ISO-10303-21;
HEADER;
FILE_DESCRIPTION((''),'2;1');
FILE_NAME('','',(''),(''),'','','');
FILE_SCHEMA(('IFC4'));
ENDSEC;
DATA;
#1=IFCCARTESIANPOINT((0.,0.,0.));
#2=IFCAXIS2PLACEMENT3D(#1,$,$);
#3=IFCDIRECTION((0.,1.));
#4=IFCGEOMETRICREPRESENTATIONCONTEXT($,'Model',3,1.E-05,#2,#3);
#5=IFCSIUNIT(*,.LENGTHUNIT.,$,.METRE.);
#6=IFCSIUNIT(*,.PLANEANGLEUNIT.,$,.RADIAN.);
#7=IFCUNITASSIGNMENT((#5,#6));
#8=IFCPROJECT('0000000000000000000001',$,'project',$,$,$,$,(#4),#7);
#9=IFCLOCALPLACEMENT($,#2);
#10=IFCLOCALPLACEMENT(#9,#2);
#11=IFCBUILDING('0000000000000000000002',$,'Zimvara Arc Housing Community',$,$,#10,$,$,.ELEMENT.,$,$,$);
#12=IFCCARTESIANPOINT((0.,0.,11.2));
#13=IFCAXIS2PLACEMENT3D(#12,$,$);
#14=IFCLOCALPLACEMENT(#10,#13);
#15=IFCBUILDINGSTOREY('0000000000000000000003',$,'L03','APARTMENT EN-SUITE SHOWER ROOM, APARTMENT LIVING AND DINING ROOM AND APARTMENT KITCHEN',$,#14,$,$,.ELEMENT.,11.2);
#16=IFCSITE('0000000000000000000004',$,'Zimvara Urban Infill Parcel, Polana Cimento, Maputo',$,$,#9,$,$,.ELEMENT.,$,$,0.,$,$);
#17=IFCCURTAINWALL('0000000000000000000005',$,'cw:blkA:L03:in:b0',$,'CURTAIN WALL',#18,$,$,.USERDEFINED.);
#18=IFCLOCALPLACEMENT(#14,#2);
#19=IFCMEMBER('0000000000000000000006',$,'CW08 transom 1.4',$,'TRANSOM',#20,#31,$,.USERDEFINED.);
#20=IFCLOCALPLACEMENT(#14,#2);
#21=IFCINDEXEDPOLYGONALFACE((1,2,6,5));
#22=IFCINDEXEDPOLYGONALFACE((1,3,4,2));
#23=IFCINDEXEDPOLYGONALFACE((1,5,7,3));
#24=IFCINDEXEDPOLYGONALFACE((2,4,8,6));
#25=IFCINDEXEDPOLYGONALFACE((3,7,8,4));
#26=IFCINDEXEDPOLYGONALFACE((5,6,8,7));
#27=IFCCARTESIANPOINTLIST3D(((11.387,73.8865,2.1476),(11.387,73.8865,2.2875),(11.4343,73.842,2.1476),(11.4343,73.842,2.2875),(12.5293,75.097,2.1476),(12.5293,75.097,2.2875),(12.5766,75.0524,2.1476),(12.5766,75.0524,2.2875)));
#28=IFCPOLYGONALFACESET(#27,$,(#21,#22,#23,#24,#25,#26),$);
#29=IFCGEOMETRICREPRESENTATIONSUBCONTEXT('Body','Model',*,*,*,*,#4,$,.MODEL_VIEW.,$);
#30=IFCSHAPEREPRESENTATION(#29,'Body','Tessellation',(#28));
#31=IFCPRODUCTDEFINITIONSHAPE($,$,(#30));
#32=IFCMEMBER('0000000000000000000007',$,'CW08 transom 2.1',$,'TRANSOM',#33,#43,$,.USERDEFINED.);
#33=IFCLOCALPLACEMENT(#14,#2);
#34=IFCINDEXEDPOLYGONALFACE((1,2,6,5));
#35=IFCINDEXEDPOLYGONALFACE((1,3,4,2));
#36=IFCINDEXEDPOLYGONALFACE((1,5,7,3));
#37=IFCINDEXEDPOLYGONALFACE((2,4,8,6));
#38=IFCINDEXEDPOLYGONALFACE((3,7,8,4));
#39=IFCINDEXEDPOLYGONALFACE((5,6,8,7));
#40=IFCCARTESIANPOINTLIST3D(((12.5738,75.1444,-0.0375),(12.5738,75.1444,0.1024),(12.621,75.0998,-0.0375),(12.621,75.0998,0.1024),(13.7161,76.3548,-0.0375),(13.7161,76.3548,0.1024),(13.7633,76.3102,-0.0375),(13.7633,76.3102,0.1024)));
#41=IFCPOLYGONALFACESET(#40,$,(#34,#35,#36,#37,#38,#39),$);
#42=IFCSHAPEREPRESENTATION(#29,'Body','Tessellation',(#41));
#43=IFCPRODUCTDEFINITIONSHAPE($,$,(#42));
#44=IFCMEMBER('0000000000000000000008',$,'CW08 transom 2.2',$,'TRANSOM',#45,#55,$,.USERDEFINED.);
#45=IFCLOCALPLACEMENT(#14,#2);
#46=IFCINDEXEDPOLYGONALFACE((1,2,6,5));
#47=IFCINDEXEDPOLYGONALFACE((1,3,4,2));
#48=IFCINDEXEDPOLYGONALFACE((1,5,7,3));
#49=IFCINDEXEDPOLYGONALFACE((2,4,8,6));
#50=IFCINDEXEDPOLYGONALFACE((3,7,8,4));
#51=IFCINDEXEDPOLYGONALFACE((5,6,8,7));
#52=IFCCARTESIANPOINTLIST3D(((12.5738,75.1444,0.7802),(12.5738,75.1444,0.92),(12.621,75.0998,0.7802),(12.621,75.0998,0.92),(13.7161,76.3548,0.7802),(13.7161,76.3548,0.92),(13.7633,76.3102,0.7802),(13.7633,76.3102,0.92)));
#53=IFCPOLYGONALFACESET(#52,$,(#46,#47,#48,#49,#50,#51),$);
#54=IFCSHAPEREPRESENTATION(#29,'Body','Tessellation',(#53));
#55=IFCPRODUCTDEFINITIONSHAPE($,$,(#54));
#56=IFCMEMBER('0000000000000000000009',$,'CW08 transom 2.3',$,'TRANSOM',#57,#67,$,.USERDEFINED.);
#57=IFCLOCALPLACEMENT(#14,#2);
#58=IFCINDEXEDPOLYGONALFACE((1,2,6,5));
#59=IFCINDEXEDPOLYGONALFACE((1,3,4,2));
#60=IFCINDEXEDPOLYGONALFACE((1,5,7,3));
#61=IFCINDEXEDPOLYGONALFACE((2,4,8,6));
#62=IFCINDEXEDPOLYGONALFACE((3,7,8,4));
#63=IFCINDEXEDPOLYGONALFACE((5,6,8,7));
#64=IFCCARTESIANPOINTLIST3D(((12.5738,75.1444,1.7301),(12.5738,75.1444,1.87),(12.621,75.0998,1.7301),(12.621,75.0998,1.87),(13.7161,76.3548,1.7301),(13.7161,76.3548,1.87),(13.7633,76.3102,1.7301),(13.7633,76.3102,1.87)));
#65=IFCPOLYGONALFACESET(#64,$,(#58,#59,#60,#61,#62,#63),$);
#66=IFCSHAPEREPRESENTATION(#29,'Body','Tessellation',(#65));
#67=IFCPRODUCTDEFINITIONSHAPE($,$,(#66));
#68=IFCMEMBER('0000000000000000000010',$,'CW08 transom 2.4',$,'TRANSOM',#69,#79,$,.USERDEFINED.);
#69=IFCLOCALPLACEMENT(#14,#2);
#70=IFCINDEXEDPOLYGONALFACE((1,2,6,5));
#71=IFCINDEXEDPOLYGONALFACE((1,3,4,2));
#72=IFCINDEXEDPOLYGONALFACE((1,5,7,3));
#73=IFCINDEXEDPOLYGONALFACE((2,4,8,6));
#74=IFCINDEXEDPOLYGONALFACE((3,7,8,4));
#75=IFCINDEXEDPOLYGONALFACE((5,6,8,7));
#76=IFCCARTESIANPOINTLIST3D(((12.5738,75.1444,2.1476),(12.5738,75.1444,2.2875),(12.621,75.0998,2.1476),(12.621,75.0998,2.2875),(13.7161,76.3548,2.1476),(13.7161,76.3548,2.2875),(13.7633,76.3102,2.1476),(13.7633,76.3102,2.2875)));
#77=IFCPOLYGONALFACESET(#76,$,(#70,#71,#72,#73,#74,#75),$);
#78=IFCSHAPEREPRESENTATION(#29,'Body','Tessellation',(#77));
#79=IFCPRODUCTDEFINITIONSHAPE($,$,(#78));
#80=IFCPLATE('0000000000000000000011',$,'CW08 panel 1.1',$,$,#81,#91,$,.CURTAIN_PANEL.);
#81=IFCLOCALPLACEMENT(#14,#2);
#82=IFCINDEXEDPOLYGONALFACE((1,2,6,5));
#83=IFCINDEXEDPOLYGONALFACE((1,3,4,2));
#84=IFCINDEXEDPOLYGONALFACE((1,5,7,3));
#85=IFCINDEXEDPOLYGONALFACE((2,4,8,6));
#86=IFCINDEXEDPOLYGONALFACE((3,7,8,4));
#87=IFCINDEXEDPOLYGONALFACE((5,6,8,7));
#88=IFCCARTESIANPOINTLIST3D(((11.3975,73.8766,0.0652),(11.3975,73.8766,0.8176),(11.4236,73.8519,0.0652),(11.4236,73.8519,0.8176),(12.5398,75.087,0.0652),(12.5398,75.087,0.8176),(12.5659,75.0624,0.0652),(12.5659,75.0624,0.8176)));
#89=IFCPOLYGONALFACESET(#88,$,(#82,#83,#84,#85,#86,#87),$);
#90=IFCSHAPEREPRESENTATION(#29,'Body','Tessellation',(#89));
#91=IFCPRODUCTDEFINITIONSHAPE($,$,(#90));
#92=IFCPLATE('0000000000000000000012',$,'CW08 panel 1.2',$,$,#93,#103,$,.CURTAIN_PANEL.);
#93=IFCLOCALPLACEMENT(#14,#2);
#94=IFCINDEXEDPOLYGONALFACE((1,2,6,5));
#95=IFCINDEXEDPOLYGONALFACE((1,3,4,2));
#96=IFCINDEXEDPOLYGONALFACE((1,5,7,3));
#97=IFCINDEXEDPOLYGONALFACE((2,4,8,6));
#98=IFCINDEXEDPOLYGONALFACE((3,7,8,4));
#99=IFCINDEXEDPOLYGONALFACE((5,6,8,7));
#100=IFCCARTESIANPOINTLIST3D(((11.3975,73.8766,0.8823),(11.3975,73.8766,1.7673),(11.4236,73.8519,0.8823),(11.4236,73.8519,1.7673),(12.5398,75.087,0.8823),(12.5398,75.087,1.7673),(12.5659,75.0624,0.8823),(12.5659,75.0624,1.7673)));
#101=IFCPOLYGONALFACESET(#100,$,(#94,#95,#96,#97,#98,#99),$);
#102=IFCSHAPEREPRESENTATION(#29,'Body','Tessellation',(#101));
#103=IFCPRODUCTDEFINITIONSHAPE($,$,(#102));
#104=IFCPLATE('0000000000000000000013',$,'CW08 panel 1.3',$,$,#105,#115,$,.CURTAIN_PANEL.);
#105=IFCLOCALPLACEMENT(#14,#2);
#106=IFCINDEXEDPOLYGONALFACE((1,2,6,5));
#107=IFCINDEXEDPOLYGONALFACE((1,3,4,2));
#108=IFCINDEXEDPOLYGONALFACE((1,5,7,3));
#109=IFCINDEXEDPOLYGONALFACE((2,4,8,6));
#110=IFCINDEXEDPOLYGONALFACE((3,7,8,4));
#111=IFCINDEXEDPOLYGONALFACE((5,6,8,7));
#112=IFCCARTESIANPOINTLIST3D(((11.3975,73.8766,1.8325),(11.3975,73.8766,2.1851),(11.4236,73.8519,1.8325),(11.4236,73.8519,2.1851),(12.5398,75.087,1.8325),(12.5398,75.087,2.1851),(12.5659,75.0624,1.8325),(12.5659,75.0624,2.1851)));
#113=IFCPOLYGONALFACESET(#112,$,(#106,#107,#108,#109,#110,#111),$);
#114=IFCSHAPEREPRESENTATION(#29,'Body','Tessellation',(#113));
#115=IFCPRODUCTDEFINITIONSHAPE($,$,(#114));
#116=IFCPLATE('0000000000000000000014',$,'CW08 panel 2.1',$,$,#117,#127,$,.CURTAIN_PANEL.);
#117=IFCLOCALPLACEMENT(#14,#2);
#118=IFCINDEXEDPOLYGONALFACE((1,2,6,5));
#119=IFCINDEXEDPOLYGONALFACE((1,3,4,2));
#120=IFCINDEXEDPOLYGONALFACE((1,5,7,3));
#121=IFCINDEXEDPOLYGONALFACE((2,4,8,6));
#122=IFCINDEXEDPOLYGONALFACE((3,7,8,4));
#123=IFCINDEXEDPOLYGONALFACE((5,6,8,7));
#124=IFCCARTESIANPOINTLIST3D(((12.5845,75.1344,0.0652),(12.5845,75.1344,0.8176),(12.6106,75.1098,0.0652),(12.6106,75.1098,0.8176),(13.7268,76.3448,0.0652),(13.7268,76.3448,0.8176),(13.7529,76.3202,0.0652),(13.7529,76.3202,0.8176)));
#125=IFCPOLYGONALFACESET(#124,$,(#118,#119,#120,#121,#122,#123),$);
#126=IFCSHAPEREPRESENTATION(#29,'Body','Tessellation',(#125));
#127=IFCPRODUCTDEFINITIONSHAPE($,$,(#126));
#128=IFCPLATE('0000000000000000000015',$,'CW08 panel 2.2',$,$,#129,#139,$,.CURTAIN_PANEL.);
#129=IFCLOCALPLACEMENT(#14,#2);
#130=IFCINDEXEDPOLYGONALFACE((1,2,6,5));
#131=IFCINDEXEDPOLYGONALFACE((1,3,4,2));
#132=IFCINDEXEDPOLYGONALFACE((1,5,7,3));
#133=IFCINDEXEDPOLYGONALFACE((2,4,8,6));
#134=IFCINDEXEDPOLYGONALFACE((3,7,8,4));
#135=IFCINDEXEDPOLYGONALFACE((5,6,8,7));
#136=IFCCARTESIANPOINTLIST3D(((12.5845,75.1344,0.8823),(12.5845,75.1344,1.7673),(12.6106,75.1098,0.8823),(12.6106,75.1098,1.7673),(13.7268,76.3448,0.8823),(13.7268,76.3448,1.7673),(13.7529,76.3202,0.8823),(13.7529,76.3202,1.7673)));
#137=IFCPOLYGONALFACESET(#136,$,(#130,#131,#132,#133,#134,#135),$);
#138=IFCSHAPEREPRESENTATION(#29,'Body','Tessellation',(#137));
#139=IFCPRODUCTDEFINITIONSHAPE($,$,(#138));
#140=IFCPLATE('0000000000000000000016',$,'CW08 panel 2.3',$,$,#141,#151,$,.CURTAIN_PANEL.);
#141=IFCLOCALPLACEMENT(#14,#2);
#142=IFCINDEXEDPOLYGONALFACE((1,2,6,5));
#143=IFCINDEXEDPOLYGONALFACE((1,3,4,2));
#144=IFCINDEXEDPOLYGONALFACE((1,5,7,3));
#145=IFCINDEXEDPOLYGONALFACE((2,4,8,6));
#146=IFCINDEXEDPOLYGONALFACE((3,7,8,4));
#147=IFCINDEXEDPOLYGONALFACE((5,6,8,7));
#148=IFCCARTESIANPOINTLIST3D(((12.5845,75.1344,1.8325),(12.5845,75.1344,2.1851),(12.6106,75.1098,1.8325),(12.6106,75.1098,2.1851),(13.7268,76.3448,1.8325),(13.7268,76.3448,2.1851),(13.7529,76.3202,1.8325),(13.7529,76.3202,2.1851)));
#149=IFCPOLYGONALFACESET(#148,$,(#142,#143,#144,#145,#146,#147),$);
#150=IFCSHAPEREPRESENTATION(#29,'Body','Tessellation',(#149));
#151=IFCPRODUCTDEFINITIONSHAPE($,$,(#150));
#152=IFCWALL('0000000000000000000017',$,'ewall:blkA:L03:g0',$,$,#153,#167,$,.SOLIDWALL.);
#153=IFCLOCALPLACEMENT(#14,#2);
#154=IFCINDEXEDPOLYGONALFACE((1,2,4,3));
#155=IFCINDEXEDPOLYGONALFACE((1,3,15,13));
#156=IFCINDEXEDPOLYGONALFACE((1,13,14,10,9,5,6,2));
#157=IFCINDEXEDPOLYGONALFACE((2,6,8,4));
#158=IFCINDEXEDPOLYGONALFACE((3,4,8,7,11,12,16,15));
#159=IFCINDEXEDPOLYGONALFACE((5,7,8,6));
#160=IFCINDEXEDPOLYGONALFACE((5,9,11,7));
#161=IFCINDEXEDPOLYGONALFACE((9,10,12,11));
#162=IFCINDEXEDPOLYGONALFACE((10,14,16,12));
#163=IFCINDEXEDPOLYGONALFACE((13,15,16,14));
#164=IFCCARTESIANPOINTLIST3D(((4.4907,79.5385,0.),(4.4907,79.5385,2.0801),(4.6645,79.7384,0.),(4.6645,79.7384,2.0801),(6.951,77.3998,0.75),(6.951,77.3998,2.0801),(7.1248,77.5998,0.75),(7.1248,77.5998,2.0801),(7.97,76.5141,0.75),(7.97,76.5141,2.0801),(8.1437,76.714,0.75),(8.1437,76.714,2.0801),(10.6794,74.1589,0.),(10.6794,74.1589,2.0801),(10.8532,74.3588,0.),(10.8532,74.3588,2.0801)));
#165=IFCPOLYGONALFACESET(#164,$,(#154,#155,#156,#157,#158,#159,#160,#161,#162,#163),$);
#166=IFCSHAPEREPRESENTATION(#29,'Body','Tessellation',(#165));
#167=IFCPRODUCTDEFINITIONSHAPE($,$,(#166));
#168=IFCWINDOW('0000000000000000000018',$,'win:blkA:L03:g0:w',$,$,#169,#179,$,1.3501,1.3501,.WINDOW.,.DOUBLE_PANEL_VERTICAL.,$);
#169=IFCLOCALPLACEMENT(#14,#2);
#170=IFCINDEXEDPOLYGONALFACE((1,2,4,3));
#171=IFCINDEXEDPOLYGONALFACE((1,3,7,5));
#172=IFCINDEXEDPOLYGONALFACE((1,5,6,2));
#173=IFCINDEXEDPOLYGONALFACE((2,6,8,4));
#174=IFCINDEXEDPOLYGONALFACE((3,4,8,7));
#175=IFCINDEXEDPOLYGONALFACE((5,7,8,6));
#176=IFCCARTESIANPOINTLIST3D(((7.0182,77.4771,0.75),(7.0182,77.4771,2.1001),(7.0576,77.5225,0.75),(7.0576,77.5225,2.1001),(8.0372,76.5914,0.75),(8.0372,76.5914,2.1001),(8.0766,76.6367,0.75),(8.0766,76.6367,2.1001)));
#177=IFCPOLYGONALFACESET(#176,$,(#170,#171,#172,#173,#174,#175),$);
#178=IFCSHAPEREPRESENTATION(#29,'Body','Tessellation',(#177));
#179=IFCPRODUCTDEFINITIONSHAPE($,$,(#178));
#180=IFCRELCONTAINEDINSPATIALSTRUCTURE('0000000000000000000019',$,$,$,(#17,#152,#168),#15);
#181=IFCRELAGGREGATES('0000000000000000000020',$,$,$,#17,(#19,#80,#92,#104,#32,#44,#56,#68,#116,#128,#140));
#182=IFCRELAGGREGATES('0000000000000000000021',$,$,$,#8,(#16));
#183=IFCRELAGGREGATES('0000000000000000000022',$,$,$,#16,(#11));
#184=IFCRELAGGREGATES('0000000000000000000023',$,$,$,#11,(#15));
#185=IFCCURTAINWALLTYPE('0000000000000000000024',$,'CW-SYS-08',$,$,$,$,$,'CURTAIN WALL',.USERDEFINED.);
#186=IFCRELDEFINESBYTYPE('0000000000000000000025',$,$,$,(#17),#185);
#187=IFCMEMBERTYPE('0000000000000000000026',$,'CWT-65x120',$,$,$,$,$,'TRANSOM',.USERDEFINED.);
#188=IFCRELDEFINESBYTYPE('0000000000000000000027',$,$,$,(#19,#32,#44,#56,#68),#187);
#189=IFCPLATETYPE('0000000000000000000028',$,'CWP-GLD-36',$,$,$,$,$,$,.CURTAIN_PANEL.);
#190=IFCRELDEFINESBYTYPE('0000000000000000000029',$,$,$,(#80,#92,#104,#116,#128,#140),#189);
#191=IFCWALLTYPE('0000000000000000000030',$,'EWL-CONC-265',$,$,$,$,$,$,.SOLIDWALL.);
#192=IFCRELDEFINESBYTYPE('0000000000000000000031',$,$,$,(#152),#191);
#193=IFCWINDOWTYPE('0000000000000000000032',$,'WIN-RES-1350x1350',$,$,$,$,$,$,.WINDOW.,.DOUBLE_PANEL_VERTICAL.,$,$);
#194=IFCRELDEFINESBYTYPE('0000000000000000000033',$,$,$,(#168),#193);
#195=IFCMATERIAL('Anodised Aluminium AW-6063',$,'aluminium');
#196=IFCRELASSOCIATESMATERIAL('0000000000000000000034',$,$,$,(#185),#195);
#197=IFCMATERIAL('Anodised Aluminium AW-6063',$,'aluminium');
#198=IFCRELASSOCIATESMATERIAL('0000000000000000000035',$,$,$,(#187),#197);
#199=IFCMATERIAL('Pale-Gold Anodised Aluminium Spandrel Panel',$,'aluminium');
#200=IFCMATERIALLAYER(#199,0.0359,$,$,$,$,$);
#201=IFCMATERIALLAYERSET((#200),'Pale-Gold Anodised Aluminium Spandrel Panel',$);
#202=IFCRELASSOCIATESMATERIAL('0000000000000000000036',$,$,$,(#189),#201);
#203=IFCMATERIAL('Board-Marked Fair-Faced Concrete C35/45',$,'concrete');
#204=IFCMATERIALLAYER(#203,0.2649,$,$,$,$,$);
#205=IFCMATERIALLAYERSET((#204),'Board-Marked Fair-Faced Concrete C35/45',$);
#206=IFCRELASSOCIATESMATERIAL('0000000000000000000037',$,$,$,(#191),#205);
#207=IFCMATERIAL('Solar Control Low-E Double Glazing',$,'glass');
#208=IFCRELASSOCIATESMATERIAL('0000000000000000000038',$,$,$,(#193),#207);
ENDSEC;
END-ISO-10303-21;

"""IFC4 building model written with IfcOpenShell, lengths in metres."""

from ifc_helpers import new_model, si_unit, direction, frame, frame_2d, origin, origin_2d, place, context, subcontext, project, spatial, rectangle, extrude, material, layer, layer_set, material_profile, profile_set, type_object, element, fill, aggregate, save


model = new_model("IFC4")

# Units and contexts
model_context = context("Model", 3, precision=1e-05, world=origin(), true_north=direction((0.0, 1.0)))
body_context = subcontext(model_context, "Body", "Model", "MODEL_VIEW")
ifc_project = project(units=[si_unit("LENGTHUNIT", "METRE"), si_unit("PLANEANGLEUNIT", "RADIAN")], contexts=[model_context])

# Site, building, storey
site_placement = place(None, origin())
site = spatial("IfcSite", under=ifc_project, at=site_placement, Name="Zimvara Urban Infill Parcel, Polana Cimento, Maputo", CompositionType="ELEMENT", RefElevation=0.0)
building_placement = place(site_placement, origin())
building = spatial("IfcBuilding", under=site, at=building_placement, Name="Zimvara Arc Housing Community", CompositionType="ELEMENT")
storey_placement = place(building_placement, frame((0.0, 0.0, 11.2)))
storey = spatial("IfcBuildingStorey", under=building, at=storey_placement, Name="L03", Description="APARTMENT EN-SUITE SHOWER ROOM, APARTMENT LIVING AND DINING ROOM AND APARTMENT KITCHEN", CompositionType="ELEMENT", Elevation=11.2)

# Curtain wall, members, plates
ifc_material_1 = material(Name="Anodised Aluminium AW-6063", Category="aluminium")
curtain_wall_type = type_object("IfcCurtainWallType", Name="CW-SYS-08", ElementType="CURTAIN WALL", PredefinedType="USERDEFINED", material=ifc_material_1)
curtain_wall_placement = place(storey_placement, origin())
curtain_wall = element("IfcCurtainWall", 1, at=curtain_wall_placement, inside=storey, type_object=curtain_wall_type, Name="cw:blkA:L03:in:b0", ObjectType="CURTAIN WALL", PredefinedType="USERDEFINED")
ifc_material_2 = material(Name="Anodised Aluminium AW-6063", Category="aluminium")
ifc_material_profile_1 = material_profile(ifc_material_2, rectangle(XDim=0.0649, YDim=0.1399, at=origin_2d()), Name="ALU 65x140")
ifc_profile_set_1 = profile_set([ifc_material_profile_1], Name="Anodised Aluminium AW-6063")
member_type_1 = type_object("IfcMemberType", Name="CWT-65x120", ElementType="TRANSOM", PredefinedType="USERDEFINED", material=ifc_profile_set_1)
member_1_placement = place(storey_placement, frame((11.4106, 73.8643, 2.2175), z_axis=(0.686348, 0.727273, 0.0), x_axis=(-0.727273, 0.686348, 0.0)))
member_1 = element("IfcMember", 2, at=member_1_placement, type_object=member_type_1, Name="CW08 transom 1.4", ObjectType="TRANSOM", PredefinedType="USERDEFINED", context=body_context, shape_type="SweptSolid", body=[
    extrude(rectangle(XDim=0.0649, YDim=0.1399, at=origin_2d()), origin(), (0.0, 0.0, 1.0), 1.6643),
])
member_2_placement = place(storey_placement, frame((12.5974, 75.1221, 0.0325), z_axis=(0.686348, 0.727273, 0.0), x_axis=(-0.727273, 0.686348, 0.0)))
member_2 = element("IfcMember", 3, at=member_2_placement, type_object=member_type_1, Name="CW08 transom 2.1", ObjectType="TRANSOM", PredefinedType="USERDEFINED", context=body_context, shape_type="SweptSolid", body=[
    extrude(rectangle(XDim=0.0649, YDim=0.1399, at=origin_2d()), origin(), (0.0, 0.0, 1.0), 1.6643),
])
member_3_placement = place(storey_placement, frame((12.5974, 75.1221, 0.8501), z_axis=(0.686348, 0.727273, 0.0), x_axis=(-0.727273, 0.686348, 0.0)))
member_3 = element("IfcMember", 4, at=member_3_placement, type_object=member_type_1, Name="CW08 transom 2.2", ObjectType="TRANSOM", PredefinedType="USERDEFINED", context=body_context, shape_type="SweptSolid", body=[
    extrude(rectangle(XDim=0.0649, YDim=0.1399, at=origin_2d()), origin(), (0.0, 0.0, 1.0), 1.6643),
])
member_4_placement = place(storey_placement, frame((12.5974, 75.1221, 1.8), z_axis=(0.686348, 0.727273, 0.0), x_axis=(-0.727273, 0.686348, 0.0)))
member_4 = element("IfcMember", 5, at=member_4_placement, type_object=member_type_1, Name="CW08 transom 2.3", ObjectType="TRANSOM", PredefinedType="USERDEFINED", context=body_context, shape_type="SweptSolid", body=[
    extrude(rectangle(XDim=0.0649, YDim=0.1399, at=origin_2d()), origin(), (0.0, 0.0, 1.0), 1.6643),
])
member_5_placement = place(storey_placement, frame((12.5974, 75.1221, 2.2175), z_axis=(0.686348, 0.727273, 0.0), x_axis=(-0.727273, 0.686348, 0.0)))
member_5 = element("IfcMember", 6, at=member_5_placement, type_object=member_type_1, Name="CW08 transom 2.4", ObjectType="TRANSOM", PredefinedType="USERDEFINED", context=body_context, shape_type="SweptSolid", body=[
    extrude(rectangle(XDim=0.0649, YDim=0.1399, at=origin_2d()), origin(), (0.0, 0.0, 1.0), 1.6643),
])
ifc_material_3 = material(Name="Pale-Gold Anodised Aluminium Spandrel Panel", Category="aluminium")
ifc_layer_1 = layer(ifc_material_3, 0.0359)
ifc_layer_set_1 = layer_set([ifc_layer_1], Name="Pale-Gold Anodised Aluminium Spandrel Panel")
plate_type = type_object("IfcPlateType", Name="CWP-GLD-36", PredefinedType="CURTAIN_PANEL", material=ifc_layer_set_1)
plate_1_placement = place(storey_placement, frame((11.9817, 74.4695, 0.0652), z_axis=(0.0, 0.0, 1.0), x_axis=(0.686327, 0.727293, 0.0)))
plate_1 = element("IfcPlate", 7, at=plate_1_placement, type_object=plate_type, Name="CW08 panel 1.1", PredefinedType="CURTAIN_PANEL", context=body_context, shape_type="SweptSolid", body=[
    extrude(rectangle(XDim=1.6643, YDim=0.0359, at=origin_2d()), origin(), (0.0, 0.0, 1.0), 0.7524),
])
plate_2_placement = place(storey_placement, frame((11.9817, 74.4695, 0.8823), z_axis=(0.0, 0.0, 1.0), x_axis=(0.686327, 0.727293, 0.0)))
plate_2 = element("IfcPlate", 8, at=plate_2_placement, type_object=plate_type, Name="CW08 panel 1.2", PredefinedType="CURTAIN_PANEL", context=body_context, shape_type="SweptSolid", body=[
    extrude(rectangle(XDim=1.6643, YDim=0.0359, at=origin_2d()), origin(), (0.0, 0.0, 1.0), 0.885),
])
plate_3_placement = place(storey_placement, frame((11.9817, 74.4695, 1.8325), z_axis=(0.0, 0.0, 1.0), x_axis=(0.686327, 0.727293, 0.0)))
plate_3 = element("IfcPlate", 9, at=plate_3_placement, type_object=plate_type, Name="CW08 panel 1.3", PredefinedType="CURTAIN_PANEL", context=body_context, shape_type="SweptSolid", body=[
    extrude(rectangle(XDim=1.6643, YDim=0.0359, at=origin_2d()), origin(), (0.0, 0.0, 1.0), 0.3525),
])
plate_4_placement = place(storey_placement, frame((13.1687, 75.7273, 0.0652), z_axis=(0.0, 0.0, 1.0), x_axis=(0.686327, 0.727293, 0.0)))
plate_4 = element("IfcPlate", 10, at=plate_4_placement, type_object=plate_type, Name="CW08 panel 2.1", PredefinedType="CURTAIN_PANEL", context=body_context, shape_type="SweptSolid", body=[
    extrude(rectangle(XDim=1.6643, YDim=0.0359, at=origin_2d()), origin(), (0.0, 0.0, 1.0), 0.7524),
])
plate_5_placement = place(storey_placement, frame((13.1687, 75.7273, 0.8823), z_axis=(0.0, 0.0, 1.0), x_axis=(0.686327, 0.727293, 0.0)))
plate_5 = element("IfcPlate", 11, at=plate_5_placement, type_object=plate_type, Name="CW08 panel 2.2", PredefinedType="CURTAIN_PANEL", context=body_context, shape_type="SweptSolid", body=[
    extrude(rectangle(XDim=1.6643, YDim=0.0359, at=origin_2d()), origin(), (0.0, 0.0, 1.0), 0.885),
])
plate_6_placement = place(storey_placement, frame((13.1687, 75.7273, 1.8325), z_axis=(0.0, 0.0, 1.0), x_axis=(0.686327, 0.727293, 0.0)))
plate_6 = element("IfcPlate", 12, at=plate_6_placement, type_object=plate_type, Name="CW08 panel 2.3", PredefinedType="CURTAIN_PANEL", context=body_context, shape_type="SweptSolid", body=[
    extrude(rectangle(XDim=1.6643, YDim=0.0359, at=origin_2d()), origin(), (0.0, 0.0, 1.0), 0.3525),
])
aggregate(curtain_wall, [member_1, plate_1, plate_2, plate_3, member_2, member_3, member_4, member_5, plate_4, plate_5, plate_6])

# Wall, opening, window
ifc_material_4 = material(Name="Board-Marked Fair-Faced Concrete C35/45", Category="concrete")
ifc_layer_2 = layer(ifc_material_4, 0.2649)
ifc_layer_set_2 = layer_set([ifc_layer_2], Name="Board-Marked Fair-Faced Concrete C35/45")
wall_type_1 = type_object("IfcWallType", Name="EWL-CONC-265", PredefinedType="SOLIDWALL", material=ifc_layer_set_2)
wall_1_placement = place(storey_placement, frame((10.7664, 74.2588, 0.0), z_axis=(0.0, 0.0, 1.0), x_axis=(-0.754718, 0.65605, 0.0)))
wall_1 = element("IfcWall", 13, at=wall_1_placement, inside=storey, type_object=wall_type_1, Name="ewall:blkA:L03:g0", PredefinedType="SOLIDWALL", context=body_context, shape_type="SweptSolid", body=[
    extrude(rectangle(XDim=8.2, YDim=0.2649, at=frame_2d((4.1001, 0.0))), origin(), (0.0, 0.0, 1.0), 2.0801),
])
opening_1_placement = place(wall_1_placement, frame((3.5901, 0.0, 0.75)))
opening_1 = element("IfcOpeningElement", 14, at=opening_1_placement, cuts=wall_1, PredefinedType="OPENING", context=body_context, shape_type="SweptSolid", body=[
    extrude(rectangle(XDim=1.3501, YDim=1.3501, at=frame_2d((0.675, 0.675))), frame((0.0, 0.1423, 0.0), z_axis=(0.0, -1.0, 0.0), x_axis=(1.0, 0.0, 0.0)), (0.0, 0.0, 1.0), 0.2849),
])
ifc_material_5 = material(Name="Solar Control Low-E Double Glazing", Category="glass")
window_type = type_object("IfcWindowType", Name="WIN-RES-1350x1350", PartitioningType="DOUBLE_PANEL_VERTICAL", PredefinedType="WINDOW", material=ifc_material_5)
window_placement = place(opening_1_placement, origin())
window = element("IfcWindow", 15, at=window_placement, inside=storey, type_object=window_type, Name="win:blkA:L03:g0:w", OverallHeight=1.3501, OverallWidth=1.3501, PartitioningType="DOUBLE_PANEL_VERTICAL", PredefinedType="WINDOW", context=body_context, shape_type="SweptSolid", body=[
    extrude(rectangle(XDim=1.3501, YDim=1.3501, at=frame_2d((0.675, 0.675))), frame((0.0, 0.03, 0.0), z_axis=(0.0, -1.0, 0.0), x_axis=(1.0, 0.0, 0.0)), (0.0, 0.0, 1.0), 0.0601),
])
fill(opening_1, window)

save(model, "model.ifc")
